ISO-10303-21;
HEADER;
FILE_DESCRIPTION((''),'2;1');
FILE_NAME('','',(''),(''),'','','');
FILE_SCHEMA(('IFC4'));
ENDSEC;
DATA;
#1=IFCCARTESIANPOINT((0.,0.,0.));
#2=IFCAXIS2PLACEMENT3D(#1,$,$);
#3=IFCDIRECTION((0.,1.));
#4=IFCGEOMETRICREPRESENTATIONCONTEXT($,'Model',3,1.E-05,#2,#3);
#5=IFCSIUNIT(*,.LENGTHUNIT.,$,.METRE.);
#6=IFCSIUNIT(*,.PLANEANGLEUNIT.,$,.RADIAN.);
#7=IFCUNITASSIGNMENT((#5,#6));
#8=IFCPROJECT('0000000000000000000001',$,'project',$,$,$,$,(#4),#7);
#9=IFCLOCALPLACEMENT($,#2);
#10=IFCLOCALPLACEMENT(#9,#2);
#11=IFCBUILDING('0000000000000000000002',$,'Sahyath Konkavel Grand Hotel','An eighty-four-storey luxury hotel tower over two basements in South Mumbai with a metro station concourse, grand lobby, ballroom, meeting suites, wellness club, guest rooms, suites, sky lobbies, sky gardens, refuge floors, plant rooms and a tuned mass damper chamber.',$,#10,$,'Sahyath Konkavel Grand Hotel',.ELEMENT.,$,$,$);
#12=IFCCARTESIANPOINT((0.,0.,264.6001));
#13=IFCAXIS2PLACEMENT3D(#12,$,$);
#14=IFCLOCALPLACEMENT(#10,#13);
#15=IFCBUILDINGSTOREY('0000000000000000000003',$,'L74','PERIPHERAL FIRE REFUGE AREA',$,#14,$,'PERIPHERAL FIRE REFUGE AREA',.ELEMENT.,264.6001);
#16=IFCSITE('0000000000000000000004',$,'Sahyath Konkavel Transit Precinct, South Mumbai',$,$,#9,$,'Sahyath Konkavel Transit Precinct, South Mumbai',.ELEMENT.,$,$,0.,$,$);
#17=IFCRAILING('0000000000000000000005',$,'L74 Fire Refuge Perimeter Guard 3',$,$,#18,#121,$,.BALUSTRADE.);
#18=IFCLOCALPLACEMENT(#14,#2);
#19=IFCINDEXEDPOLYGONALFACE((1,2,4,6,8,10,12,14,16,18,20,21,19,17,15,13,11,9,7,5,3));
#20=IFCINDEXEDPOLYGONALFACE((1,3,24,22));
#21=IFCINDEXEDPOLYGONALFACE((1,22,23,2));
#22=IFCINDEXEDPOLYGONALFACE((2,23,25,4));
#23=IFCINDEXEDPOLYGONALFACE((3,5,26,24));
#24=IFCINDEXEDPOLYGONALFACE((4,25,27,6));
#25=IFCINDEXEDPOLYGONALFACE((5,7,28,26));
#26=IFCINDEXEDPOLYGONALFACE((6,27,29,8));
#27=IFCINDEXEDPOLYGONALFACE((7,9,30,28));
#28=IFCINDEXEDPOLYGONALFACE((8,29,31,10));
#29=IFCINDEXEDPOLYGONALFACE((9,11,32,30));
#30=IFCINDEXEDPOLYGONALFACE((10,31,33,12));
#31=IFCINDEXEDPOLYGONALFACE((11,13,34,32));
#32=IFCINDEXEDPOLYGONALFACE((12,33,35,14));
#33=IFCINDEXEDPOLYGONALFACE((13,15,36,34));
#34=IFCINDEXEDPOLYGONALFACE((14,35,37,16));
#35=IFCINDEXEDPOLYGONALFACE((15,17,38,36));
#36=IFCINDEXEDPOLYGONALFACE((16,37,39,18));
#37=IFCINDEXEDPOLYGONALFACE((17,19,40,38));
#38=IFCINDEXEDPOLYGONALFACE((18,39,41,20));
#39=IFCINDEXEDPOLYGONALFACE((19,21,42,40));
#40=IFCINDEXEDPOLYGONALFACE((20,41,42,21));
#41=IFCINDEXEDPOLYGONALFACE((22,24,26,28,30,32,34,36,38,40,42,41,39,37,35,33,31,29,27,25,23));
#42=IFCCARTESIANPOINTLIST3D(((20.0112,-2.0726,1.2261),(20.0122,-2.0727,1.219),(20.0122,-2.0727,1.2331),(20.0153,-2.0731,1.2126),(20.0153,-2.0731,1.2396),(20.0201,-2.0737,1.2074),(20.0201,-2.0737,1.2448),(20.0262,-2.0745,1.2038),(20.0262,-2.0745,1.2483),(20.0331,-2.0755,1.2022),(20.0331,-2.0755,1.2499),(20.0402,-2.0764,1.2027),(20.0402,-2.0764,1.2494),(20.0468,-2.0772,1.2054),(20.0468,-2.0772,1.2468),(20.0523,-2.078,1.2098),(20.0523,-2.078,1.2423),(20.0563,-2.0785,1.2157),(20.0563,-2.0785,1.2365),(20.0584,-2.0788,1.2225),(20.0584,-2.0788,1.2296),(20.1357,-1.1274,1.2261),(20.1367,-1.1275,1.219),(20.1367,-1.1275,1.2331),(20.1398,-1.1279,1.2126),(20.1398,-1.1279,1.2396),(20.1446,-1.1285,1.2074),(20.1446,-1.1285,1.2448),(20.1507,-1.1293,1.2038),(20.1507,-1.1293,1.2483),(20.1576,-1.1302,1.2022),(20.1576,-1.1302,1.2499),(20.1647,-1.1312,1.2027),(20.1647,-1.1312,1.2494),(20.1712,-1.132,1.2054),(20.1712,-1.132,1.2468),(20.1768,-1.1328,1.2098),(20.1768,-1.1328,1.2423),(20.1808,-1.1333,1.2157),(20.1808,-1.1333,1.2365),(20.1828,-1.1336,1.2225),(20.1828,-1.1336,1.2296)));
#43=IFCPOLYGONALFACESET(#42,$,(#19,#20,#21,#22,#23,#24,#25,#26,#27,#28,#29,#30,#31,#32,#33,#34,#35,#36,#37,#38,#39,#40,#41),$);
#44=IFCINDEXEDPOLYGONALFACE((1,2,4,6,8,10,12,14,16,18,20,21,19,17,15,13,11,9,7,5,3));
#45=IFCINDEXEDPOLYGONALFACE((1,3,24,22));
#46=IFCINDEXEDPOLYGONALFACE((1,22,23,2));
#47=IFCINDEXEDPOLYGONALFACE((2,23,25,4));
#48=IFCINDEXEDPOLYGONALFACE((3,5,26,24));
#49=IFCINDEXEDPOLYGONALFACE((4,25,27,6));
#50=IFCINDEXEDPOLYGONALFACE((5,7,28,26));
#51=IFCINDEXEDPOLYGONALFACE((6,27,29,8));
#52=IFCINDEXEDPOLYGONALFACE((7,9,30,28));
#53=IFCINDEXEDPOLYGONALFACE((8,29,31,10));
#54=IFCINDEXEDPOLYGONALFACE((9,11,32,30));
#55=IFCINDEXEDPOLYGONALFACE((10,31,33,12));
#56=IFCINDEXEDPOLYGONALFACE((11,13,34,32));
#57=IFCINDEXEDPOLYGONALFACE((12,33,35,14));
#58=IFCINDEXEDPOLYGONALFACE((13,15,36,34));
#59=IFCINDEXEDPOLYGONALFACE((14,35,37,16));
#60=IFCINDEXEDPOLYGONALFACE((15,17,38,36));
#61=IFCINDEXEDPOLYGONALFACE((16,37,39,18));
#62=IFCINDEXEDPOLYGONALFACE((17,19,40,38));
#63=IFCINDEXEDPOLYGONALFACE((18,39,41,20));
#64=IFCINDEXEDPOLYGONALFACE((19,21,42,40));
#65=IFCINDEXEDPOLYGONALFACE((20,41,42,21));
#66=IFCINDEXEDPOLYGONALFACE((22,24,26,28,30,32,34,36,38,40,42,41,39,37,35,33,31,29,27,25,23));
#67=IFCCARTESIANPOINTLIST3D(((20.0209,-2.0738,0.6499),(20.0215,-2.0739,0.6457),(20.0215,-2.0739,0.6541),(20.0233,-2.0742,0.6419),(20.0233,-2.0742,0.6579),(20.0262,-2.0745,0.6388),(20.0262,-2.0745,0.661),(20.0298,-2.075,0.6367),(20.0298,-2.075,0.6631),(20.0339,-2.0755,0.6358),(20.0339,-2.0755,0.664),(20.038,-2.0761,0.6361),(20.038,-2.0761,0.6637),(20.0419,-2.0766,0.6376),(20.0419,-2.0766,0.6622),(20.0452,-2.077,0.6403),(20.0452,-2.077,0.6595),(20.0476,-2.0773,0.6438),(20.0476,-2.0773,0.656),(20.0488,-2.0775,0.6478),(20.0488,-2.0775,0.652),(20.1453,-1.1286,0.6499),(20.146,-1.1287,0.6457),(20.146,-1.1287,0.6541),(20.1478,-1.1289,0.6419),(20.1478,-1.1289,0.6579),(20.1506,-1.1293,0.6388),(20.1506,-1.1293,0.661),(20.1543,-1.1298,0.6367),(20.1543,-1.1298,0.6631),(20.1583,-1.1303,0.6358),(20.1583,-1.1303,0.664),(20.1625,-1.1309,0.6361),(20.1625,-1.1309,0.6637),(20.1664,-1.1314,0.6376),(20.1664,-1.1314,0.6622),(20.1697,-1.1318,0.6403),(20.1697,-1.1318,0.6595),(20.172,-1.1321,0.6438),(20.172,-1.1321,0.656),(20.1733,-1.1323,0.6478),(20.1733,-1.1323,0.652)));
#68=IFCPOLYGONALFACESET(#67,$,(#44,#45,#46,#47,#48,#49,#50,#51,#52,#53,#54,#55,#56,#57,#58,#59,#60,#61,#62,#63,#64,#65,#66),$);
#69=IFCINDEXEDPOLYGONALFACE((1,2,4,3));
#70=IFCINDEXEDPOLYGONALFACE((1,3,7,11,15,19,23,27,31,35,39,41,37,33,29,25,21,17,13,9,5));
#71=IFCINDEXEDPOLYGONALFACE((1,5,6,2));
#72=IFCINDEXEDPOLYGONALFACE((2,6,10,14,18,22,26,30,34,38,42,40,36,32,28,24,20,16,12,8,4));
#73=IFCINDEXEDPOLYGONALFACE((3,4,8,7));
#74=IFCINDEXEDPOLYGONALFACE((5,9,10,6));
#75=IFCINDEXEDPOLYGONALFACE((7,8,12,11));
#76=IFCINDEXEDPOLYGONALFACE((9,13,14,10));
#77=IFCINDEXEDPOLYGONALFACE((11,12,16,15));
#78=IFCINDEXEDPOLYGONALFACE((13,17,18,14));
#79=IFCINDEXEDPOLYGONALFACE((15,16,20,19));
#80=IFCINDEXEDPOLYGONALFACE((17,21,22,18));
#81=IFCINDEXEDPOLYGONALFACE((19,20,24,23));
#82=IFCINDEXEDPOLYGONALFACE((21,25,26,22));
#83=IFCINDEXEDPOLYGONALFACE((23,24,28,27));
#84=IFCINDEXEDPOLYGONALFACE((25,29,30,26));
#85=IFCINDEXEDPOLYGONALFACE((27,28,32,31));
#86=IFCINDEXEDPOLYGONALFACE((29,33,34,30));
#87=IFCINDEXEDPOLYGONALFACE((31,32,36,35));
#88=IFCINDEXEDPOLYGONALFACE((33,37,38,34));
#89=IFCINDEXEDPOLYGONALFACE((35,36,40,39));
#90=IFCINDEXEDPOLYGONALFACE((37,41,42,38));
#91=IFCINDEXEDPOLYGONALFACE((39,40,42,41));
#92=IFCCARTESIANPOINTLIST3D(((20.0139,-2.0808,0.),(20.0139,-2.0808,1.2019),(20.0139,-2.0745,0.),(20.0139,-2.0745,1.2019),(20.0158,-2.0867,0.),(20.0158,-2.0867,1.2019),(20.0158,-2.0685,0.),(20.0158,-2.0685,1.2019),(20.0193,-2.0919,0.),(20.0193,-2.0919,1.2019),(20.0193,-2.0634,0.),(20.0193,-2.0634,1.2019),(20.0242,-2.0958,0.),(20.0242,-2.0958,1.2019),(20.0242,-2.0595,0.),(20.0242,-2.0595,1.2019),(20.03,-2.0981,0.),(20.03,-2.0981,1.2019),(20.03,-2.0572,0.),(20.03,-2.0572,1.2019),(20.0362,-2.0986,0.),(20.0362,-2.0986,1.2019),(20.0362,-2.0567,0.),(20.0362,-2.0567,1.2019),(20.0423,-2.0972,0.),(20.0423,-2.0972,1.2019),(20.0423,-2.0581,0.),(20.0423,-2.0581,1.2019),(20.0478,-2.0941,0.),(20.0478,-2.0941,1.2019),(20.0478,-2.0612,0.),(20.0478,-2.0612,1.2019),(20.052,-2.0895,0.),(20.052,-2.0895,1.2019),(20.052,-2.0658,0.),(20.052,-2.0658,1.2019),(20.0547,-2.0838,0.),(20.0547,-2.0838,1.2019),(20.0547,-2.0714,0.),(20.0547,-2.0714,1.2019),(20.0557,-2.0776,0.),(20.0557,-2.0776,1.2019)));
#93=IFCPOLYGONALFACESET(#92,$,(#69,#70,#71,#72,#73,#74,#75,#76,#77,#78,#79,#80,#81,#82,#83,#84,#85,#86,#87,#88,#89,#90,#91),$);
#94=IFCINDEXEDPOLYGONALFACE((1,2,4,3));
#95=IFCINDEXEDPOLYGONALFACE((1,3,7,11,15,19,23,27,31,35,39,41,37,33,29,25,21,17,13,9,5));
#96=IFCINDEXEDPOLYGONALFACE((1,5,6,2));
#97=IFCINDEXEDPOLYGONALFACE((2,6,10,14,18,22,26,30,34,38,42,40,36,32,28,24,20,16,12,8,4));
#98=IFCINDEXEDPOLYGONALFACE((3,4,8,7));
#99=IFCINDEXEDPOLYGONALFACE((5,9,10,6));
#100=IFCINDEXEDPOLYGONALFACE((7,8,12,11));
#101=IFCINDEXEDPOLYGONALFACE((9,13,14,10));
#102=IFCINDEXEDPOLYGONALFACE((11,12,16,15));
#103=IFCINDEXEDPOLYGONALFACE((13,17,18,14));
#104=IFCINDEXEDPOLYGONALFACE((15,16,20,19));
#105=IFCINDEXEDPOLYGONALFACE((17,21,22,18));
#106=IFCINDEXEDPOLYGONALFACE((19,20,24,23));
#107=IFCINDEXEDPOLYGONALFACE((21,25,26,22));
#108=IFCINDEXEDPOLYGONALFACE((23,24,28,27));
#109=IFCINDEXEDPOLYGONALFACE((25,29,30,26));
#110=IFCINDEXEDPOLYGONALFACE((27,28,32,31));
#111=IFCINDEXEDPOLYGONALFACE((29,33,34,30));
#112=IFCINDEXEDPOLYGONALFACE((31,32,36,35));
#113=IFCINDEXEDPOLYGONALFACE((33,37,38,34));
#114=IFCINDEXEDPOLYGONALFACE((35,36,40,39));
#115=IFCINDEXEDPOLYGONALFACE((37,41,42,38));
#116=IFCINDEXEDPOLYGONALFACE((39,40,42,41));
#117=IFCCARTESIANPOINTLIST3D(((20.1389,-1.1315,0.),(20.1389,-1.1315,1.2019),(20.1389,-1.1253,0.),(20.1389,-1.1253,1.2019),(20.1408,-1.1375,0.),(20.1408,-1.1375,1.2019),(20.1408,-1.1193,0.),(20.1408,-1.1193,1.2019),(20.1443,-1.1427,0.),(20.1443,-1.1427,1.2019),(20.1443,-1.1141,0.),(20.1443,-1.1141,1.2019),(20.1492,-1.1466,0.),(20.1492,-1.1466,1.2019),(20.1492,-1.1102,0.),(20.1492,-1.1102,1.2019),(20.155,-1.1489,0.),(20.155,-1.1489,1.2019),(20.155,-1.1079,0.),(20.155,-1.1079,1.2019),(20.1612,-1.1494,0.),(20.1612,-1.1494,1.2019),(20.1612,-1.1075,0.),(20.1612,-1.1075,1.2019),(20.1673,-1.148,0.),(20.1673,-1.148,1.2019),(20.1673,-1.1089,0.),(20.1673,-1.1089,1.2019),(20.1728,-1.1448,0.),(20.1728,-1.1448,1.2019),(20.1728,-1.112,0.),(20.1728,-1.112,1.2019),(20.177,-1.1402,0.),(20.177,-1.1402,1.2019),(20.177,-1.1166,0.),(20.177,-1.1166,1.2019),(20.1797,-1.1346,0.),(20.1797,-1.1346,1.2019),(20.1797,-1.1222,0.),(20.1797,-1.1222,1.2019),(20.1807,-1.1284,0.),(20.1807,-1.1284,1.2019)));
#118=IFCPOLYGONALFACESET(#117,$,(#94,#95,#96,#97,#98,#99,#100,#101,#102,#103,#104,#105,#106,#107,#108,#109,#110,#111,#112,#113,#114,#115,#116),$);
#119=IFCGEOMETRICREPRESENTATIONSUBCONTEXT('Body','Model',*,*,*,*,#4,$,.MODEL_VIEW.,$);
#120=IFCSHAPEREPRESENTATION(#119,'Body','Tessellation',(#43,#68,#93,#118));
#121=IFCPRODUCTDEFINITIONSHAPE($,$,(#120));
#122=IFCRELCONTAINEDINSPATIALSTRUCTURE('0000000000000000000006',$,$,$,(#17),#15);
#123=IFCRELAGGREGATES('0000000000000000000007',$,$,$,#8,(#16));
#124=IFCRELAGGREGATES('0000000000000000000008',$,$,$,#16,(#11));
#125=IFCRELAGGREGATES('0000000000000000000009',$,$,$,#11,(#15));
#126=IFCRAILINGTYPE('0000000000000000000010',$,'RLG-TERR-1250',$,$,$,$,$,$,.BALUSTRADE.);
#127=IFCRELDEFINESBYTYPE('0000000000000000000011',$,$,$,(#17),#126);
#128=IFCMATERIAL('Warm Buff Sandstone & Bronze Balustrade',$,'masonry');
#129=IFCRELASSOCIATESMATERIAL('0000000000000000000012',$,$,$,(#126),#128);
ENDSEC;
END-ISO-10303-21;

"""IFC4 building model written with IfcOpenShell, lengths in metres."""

from ifc_helpers import new_model, si_unit, direction, frame, origin, origin_2d, place, context, subcontext, project, spatial, circle, extrude, material, type_object, element, save


model = new_model("IFC4")

# Units and contexts
model_context = context("Model", 3, precision=1e-05, world=origin(), true_north=direction((0.0, 1.0)))
body_context = subcontext(model_context, "Body", "Model", "MODEL_VIEW")
ifc_project = project(units=[si_unit("LENGTHUNIT", "METRE"), si_unit("PLANEANGLEUNIT", "RADIAN")], contexts=[model_context])

# Site, building, storey
site_placement = place(None, origin())
site = spatial("IfcSite", under=ifc_project, at=site_placement, Name="Sahyath Konkavel Transit Precinct, South Mumbai", LongName="Sahyath Konkavel Transit Precinct, South Mumbai", CompositionType="ELEMENT", RefElevation=0.0)
building_placement = place(site_placement, origin())
building = spatial("IfcBuilding", under=site, at=building_placement, Name="Sahyath Konkavel Grand Hotel", Description="An eighty-four-storey luxury hotel tower over two basements in South Mumbai with a metro station concourse, grand lobby, ballroom, meeting suites, wellness club, guest rooms, suites, sky lobbies, sky gardens, refuge floors, plant rooms and a tuned mass damper chamber.", LongName="Sahyath Konkavel Grand Hotel", CompositionType="ELEMENT")
storey_placement = place(building_placement, frame((0.0, 0.0, 264.6001)))
storey = spatial("IfcBuildingStorey", under=building, at=storey_placement, Name="L74", Description="PERIPHERAL FIRE REFUGE AREA", LongName="PERIPHERAL FIRE REFUGE AREA", CompositionType="ELEMENT", Elevation=264.6001)

# Railing
ifc_material_1 = material(Name="Warm Buff Sandstone & Bronze Balustrade", Category="masonry")
railing_type = type_object("IfcRailingType", Name="RLG-TERR-1250", PredefinedType="BALUSTRADE", material=ifc_material_1)
railing_1_placement = place(storey_placement, frame((20.0347, -2.0776, 0.0)))
element("IfcRailing", 1, at=railing_1_placement, inside=storey, type_object=railing_type, Name="L74 Fire Refuge Perimeter Guard 3", PredefinedType="BALUSTRADE", context=body_context, shape_type="SweptSolid", body=[
    extrude(circle(Radius=0.0239, at=origin_2d()), frame((0.0002, 0.002, 1.2261), z_axis=(0.13056, 0.99144, 0.0), x_axis=(-0.99144, 0.13056, 0.0)), (0.0, 0.0, 1.0), 0.9534),
    extrude(circle(Radius=0.0142, at=origin_2d()), frame((0.0002, 0.002, 0.6499), z_axis=(0.13056, 0.99144, 0.0), x_axis=(-0.99144, 0.13056, 0.0)), (0.0, 0.0, 1.0), 0.9534),
    extrude(circle(Radius=0.021, at=origin_2d()), origin(), (0.0, 0.0, 1.0), 1.2019),
    extrude(circle(Radius=0.021, at=origin_2d()), frame((0.125, 0.9492, 0.0)), (0.0, 0.0, 1.0), 1.2019),
])

save(model, "model.ifc")
